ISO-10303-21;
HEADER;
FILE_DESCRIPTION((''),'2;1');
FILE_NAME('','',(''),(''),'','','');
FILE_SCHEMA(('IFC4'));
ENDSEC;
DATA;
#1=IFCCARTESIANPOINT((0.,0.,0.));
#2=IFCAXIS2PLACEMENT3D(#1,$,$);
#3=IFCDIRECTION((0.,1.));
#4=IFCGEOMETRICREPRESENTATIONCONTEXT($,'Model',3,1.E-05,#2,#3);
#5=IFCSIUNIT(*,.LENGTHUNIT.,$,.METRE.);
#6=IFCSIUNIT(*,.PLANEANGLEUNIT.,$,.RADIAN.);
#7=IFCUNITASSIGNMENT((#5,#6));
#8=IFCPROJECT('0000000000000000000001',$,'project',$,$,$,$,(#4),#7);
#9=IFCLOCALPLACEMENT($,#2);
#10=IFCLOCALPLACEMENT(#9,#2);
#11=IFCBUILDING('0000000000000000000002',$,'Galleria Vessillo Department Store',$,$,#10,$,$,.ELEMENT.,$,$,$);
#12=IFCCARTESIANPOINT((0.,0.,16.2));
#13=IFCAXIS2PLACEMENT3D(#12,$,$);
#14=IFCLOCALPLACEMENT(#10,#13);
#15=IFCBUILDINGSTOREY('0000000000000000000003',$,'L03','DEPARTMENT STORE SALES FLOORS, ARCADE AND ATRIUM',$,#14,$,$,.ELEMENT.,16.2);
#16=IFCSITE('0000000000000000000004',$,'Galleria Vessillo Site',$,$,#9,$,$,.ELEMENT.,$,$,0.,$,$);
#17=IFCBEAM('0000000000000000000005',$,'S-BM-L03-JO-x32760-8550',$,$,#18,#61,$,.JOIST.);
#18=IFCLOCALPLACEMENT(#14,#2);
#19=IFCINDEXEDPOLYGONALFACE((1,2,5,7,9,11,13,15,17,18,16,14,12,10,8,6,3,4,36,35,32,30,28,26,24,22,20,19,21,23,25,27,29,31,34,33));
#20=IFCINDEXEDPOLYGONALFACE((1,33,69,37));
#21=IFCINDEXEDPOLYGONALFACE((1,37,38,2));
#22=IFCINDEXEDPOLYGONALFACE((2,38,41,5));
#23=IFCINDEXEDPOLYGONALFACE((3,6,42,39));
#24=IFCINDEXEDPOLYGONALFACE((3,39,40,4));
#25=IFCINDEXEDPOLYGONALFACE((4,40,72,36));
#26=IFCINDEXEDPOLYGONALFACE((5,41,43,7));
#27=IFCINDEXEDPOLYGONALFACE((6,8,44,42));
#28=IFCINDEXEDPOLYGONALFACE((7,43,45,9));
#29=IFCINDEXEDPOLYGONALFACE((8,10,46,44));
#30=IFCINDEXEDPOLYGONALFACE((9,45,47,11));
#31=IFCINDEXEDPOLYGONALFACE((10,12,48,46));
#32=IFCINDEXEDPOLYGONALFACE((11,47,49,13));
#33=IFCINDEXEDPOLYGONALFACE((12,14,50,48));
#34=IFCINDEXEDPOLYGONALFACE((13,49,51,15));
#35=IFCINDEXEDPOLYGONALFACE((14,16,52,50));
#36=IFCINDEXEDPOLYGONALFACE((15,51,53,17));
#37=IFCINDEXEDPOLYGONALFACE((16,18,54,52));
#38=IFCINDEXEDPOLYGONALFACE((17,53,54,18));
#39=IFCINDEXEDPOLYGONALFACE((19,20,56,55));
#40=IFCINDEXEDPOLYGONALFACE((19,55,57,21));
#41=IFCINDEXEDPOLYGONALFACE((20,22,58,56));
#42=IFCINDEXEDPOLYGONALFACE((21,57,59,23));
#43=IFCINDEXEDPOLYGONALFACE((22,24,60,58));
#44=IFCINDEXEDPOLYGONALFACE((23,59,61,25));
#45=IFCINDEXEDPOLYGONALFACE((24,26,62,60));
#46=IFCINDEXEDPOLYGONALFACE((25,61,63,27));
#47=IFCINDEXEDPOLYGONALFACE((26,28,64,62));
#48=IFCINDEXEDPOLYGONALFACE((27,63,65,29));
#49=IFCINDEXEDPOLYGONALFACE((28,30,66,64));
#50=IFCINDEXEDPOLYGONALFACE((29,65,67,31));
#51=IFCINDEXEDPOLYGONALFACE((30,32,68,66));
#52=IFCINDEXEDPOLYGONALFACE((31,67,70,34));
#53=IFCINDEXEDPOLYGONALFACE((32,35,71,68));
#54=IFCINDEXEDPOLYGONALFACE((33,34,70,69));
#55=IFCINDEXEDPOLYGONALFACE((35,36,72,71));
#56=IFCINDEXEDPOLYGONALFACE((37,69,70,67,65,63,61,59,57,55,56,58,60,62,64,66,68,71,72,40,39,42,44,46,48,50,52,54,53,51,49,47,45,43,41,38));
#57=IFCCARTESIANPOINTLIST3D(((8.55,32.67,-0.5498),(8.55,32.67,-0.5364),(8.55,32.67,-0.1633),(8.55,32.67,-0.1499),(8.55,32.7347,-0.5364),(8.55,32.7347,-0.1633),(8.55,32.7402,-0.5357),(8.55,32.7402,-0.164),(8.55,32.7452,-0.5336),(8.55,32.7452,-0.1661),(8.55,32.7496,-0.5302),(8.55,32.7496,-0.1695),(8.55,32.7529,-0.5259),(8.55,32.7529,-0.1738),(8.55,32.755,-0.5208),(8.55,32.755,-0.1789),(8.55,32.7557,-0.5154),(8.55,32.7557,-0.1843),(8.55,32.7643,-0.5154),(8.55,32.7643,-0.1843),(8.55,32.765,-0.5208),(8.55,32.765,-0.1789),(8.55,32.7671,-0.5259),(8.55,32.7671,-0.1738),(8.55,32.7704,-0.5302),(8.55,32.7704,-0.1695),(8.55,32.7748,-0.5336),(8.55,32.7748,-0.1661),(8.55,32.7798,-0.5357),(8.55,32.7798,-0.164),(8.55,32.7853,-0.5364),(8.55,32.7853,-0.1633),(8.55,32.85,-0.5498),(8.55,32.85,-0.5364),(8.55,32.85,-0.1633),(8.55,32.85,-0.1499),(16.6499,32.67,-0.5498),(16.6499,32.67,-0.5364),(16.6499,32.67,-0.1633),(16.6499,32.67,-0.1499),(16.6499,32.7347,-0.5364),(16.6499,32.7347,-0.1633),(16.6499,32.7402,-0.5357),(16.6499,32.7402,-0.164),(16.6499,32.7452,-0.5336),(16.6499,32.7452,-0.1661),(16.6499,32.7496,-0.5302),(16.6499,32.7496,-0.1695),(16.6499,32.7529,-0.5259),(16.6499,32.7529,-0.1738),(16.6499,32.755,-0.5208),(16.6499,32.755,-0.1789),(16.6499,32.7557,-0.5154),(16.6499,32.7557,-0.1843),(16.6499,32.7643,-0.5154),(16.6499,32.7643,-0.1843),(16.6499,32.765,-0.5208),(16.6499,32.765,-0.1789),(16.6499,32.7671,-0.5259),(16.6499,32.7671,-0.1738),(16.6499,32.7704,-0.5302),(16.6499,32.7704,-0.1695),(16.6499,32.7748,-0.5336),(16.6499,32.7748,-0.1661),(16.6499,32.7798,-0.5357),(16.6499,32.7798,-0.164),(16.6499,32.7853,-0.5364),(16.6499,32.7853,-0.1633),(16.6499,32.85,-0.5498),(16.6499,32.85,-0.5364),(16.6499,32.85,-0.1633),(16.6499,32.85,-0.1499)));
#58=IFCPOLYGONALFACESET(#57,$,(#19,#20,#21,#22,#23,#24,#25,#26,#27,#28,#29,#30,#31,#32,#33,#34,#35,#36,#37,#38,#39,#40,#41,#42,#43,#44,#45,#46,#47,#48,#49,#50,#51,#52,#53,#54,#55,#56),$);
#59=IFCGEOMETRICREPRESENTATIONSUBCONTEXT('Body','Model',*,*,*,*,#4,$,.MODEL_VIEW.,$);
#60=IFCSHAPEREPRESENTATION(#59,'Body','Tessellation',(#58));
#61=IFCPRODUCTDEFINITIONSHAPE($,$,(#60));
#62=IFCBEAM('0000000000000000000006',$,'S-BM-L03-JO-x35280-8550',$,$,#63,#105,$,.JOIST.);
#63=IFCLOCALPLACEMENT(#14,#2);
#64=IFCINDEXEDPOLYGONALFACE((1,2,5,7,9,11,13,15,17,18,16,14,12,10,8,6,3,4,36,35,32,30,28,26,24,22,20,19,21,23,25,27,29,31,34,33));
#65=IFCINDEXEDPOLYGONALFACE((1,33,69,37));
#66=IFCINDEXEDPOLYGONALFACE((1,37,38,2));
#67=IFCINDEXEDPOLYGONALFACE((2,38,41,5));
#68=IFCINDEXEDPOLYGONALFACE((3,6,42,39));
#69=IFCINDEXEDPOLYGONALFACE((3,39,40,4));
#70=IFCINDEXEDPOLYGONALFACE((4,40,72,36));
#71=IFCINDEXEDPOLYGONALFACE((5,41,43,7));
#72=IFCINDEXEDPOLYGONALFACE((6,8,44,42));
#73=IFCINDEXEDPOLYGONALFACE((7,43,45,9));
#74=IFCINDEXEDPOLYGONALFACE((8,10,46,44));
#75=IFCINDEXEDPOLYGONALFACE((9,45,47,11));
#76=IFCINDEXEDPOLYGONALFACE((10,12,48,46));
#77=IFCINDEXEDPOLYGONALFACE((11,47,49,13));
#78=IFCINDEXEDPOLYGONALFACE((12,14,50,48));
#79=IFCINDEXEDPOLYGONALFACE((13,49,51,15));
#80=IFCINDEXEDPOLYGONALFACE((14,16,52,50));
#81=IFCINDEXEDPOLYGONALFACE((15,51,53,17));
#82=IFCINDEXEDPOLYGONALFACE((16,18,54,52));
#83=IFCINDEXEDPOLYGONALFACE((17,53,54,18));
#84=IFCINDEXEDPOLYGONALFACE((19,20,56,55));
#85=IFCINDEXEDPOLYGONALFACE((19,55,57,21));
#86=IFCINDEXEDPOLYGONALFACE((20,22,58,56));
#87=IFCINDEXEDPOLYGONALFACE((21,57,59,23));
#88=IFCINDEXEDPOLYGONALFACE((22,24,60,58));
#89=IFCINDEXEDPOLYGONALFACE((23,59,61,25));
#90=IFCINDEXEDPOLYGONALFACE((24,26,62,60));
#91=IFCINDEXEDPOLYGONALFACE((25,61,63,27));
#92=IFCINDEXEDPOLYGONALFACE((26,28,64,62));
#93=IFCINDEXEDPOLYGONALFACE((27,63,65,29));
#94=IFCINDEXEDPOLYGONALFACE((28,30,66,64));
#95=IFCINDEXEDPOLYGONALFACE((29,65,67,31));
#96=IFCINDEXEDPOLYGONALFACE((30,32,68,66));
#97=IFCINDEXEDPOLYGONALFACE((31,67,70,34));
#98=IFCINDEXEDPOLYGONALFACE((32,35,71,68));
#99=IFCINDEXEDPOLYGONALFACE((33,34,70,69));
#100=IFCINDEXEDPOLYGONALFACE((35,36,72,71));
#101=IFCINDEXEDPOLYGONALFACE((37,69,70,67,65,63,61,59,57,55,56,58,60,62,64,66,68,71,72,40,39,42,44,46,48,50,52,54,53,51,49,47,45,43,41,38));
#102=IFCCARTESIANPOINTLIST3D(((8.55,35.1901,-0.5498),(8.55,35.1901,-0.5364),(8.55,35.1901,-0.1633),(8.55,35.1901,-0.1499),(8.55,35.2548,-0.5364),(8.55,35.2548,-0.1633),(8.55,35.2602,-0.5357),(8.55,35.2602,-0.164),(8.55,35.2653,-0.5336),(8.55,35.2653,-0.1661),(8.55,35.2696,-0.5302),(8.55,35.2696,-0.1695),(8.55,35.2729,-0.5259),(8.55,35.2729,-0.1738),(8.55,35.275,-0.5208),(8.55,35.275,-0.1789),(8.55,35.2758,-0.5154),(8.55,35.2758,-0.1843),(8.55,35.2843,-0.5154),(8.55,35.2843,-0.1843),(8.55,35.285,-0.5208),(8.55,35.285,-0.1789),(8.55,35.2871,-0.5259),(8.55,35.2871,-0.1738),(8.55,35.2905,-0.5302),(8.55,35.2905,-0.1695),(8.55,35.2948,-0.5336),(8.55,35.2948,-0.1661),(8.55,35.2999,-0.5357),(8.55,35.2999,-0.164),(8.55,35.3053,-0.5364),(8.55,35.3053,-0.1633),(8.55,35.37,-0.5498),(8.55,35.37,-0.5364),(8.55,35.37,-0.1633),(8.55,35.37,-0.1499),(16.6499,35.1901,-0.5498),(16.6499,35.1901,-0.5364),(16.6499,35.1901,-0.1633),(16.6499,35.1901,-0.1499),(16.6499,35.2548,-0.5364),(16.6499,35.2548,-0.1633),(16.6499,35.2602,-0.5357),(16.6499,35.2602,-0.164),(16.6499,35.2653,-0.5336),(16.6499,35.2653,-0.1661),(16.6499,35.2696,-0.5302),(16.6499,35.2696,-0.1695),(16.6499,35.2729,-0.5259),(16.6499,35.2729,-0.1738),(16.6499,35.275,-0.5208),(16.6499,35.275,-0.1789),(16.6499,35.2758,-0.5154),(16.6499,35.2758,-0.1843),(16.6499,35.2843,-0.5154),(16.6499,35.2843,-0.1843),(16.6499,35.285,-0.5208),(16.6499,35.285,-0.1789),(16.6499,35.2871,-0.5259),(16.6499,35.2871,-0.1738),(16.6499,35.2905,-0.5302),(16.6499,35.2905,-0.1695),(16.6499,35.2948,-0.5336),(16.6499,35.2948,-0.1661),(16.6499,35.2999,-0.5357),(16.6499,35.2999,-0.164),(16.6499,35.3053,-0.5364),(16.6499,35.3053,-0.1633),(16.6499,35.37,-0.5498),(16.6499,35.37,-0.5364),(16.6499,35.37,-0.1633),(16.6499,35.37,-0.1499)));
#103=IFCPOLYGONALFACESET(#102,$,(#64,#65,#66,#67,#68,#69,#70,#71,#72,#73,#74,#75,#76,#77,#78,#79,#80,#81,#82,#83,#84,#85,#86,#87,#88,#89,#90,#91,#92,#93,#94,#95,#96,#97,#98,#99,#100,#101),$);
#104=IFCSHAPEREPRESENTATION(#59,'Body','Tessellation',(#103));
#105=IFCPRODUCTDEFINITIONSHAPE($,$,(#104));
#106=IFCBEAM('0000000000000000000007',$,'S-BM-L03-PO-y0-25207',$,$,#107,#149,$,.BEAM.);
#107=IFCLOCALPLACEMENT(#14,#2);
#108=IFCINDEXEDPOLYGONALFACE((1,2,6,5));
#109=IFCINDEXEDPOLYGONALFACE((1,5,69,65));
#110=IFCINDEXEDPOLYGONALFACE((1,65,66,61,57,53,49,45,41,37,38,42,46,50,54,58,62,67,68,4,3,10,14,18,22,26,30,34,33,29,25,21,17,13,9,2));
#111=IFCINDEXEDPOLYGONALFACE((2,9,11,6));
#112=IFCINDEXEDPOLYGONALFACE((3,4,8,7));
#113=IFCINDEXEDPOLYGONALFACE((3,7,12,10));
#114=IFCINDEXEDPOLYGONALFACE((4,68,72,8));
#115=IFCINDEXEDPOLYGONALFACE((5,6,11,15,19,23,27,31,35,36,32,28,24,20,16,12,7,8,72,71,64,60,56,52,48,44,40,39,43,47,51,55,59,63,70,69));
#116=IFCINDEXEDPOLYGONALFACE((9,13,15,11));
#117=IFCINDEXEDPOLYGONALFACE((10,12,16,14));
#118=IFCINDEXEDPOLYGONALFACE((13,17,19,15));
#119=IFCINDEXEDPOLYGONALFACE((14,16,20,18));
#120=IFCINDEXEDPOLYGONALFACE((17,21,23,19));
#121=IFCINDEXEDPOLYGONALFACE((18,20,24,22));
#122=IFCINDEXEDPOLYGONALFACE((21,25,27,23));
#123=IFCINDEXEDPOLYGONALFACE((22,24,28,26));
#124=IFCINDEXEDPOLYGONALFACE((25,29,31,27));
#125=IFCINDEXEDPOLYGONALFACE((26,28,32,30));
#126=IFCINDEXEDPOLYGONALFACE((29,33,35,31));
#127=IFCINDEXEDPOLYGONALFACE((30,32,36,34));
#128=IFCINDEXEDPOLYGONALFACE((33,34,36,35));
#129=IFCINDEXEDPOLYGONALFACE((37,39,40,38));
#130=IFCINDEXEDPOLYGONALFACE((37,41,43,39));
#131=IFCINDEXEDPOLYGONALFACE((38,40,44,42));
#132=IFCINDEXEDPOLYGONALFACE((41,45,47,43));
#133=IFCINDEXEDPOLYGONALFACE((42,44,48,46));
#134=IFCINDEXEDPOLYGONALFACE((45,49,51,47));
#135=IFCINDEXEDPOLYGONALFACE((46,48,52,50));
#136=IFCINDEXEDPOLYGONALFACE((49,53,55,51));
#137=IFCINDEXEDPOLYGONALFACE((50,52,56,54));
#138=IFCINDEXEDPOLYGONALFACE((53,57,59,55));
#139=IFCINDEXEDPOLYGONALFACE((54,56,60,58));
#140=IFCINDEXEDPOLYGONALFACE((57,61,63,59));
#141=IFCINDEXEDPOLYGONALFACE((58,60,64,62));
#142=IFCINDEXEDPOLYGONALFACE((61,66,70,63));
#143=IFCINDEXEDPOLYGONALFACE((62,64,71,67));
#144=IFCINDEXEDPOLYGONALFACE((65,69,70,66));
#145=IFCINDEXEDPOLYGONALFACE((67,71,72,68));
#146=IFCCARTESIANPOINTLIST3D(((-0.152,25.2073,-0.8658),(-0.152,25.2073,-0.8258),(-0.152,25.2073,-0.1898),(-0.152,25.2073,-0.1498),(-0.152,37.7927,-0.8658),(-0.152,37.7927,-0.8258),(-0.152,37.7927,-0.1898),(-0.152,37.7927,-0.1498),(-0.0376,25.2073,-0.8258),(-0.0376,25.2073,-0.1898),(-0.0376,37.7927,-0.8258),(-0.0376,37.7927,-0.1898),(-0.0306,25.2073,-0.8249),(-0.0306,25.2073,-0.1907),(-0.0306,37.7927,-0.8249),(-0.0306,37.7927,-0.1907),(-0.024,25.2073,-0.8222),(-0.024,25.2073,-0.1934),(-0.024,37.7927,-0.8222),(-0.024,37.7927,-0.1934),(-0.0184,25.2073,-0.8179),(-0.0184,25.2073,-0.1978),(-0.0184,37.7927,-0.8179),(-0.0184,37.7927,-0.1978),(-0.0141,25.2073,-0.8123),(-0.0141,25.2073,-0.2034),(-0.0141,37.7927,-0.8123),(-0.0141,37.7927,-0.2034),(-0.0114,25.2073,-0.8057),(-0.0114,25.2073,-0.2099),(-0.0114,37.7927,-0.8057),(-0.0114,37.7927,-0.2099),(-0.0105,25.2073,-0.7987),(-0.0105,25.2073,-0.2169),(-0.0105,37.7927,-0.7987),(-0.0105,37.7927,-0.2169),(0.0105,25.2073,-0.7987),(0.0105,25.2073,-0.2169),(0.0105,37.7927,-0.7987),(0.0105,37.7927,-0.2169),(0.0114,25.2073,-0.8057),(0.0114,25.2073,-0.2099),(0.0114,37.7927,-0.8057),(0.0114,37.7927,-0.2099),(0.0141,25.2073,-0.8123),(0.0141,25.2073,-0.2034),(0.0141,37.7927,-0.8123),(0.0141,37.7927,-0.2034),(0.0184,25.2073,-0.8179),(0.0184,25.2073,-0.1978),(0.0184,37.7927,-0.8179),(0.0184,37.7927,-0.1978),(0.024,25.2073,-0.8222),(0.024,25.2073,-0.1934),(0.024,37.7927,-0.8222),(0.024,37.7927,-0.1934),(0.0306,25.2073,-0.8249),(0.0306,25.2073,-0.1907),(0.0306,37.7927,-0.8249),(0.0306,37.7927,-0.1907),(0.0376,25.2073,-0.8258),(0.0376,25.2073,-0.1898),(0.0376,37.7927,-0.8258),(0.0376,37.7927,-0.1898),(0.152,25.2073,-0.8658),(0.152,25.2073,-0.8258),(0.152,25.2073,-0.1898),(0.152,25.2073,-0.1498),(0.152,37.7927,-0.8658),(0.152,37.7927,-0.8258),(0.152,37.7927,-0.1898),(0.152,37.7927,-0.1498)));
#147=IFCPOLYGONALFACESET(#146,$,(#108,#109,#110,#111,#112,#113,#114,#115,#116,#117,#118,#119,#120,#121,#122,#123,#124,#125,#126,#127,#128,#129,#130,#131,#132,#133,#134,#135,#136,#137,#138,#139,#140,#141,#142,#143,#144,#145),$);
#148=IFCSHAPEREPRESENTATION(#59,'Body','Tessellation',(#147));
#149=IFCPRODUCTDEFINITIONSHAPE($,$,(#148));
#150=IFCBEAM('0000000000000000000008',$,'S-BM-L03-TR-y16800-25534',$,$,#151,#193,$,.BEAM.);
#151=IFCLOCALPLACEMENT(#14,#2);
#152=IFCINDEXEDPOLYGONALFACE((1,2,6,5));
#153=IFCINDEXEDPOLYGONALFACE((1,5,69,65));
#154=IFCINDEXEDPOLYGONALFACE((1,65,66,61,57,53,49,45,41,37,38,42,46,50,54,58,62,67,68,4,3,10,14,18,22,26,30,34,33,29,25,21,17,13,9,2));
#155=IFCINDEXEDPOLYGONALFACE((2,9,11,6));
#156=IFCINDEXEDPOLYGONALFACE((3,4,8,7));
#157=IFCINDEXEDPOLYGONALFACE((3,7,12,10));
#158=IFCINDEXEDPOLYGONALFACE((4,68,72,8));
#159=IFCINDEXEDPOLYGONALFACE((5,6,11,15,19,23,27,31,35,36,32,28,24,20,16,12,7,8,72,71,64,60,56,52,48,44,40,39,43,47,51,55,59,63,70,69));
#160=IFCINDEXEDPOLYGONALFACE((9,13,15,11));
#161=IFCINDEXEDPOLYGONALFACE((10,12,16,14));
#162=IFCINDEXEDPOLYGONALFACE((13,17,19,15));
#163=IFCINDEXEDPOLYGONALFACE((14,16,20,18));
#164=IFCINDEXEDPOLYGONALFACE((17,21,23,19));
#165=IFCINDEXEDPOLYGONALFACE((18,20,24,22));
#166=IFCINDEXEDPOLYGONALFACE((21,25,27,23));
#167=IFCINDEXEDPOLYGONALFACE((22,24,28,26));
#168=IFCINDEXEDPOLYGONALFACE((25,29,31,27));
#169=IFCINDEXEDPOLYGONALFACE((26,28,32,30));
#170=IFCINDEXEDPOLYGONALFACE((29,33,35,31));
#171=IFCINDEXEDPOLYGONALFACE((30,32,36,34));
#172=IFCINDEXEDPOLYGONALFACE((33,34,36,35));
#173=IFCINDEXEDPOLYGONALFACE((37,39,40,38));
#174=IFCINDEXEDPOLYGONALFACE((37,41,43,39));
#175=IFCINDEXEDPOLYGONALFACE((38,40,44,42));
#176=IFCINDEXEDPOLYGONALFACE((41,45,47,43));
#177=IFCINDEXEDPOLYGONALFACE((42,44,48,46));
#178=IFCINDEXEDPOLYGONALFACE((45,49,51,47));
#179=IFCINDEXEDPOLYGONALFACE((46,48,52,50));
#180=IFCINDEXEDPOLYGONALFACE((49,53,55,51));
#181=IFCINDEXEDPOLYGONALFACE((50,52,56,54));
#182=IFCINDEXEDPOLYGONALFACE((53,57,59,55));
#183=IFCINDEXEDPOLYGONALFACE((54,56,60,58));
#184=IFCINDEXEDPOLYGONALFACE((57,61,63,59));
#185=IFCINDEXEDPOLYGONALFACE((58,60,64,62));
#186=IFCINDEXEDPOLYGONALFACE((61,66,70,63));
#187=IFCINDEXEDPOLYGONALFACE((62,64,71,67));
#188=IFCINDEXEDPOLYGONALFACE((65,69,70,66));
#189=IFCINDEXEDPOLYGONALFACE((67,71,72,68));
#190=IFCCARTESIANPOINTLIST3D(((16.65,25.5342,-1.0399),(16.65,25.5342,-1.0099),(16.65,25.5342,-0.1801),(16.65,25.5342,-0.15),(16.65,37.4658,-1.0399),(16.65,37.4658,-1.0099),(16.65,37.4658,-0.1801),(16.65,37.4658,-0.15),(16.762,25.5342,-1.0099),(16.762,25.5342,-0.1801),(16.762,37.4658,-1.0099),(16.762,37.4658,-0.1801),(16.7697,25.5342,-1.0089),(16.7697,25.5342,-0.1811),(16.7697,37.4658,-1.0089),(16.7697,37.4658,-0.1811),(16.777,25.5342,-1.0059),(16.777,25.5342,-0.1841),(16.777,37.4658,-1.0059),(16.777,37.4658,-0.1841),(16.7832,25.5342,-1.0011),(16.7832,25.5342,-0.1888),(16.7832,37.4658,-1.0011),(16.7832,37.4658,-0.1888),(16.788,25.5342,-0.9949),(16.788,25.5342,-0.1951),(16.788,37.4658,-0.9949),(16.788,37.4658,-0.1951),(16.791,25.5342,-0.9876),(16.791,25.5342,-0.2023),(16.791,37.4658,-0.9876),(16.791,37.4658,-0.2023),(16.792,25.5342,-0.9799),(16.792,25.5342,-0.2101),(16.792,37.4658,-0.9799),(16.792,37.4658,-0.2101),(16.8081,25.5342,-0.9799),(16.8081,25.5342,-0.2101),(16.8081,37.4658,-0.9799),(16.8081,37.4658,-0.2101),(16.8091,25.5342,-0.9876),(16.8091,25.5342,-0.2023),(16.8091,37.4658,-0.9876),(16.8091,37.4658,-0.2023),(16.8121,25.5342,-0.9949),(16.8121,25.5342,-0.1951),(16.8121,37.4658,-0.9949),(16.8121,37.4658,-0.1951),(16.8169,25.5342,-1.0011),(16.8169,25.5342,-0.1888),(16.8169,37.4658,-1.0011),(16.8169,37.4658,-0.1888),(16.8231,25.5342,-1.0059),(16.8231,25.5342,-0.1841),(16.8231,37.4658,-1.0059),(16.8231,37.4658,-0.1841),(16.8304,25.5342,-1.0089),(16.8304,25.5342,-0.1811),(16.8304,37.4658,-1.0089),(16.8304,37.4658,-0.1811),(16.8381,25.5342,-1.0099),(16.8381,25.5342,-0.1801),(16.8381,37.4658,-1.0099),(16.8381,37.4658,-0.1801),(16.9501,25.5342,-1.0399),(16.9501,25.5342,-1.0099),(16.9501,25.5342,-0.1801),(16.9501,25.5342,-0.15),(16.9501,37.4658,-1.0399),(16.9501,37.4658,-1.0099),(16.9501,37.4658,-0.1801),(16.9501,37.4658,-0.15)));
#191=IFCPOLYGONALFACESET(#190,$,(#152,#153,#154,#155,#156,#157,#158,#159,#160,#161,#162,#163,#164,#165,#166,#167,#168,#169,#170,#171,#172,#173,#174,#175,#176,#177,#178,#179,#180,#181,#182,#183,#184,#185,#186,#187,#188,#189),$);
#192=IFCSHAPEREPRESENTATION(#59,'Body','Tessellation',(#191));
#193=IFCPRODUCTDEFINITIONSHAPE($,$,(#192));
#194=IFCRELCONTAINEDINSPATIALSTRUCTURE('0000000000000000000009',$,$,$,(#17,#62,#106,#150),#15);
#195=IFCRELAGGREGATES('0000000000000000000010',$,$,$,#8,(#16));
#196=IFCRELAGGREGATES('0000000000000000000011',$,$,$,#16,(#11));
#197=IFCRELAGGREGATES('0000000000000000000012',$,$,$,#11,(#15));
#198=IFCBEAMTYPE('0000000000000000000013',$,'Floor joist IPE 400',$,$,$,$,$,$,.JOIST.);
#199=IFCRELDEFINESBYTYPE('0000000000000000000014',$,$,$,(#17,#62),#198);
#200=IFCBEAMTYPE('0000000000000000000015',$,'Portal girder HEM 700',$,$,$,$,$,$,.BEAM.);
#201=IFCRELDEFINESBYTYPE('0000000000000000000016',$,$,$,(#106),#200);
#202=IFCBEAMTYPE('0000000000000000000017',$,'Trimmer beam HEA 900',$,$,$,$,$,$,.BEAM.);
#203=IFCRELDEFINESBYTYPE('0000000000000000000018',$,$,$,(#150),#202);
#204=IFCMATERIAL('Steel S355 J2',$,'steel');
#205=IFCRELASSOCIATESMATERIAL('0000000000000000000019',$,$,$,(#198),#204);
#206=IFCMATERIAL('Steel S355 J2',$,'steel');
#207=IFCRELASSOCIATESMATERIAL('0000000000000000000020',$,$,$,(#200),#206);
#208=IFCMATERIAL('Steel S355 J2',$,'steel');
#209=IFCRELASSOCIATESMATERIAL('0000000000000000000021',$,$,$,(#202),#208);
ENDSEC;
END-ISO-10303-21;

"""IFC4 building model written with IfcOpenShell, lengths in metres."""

from ifc_helpers import new_model, si_unit, direction, frame, origin, origin_2d, place, context, subcontext, project, spatial, i_section, extrude, material, material_profile, profile_set, type_object, element, save


model = new_model("IFC4")

# Units and contexts
model_context = context("Model", 3, precision=1e-05, world=origin(), true_north=direction((0.0, 1.0)))
body_context = subcontext(model_context, "Body", "Model", "MODEL_VIEW")
ifc_project = project(units=[si_unit("LENGTHUNIT", "METRE"), si_unit("PLANEANGLEUNIT", "RADIAN")], contexts=[model_context])

# Site, building, storey
site_placement = place(None, origin())
site = spatial("IfcSite", under=ifc_project, at=site_placement, Name="Galleria Vessillo Site", CompositionType="ELEMENT", RefElevation=0.0)
building_placement = place(site_placement, origin())
building = spatial("IfcBuilding", under=site, at=building_placement, Name="Galleria Vessillo Department Store", CompositionType="ELEMENT")
storey_placement = place(building_placement, frame((0.0, 0.0, 16.2)))
storey = spatial("IfcBuildingStorey", under=building, at=storey_placement, Name="L03", Description="DEPARTMENT STORE SALES FLOORS, ARCADE AND ATRIUM", CompositionType="ELEMENT", Elevation=16.2)

# Beams
ifc_material_1 = material(Name="Steel S355 J2", Category="steel")
ifc_material_profile_1 = material_profile(ifc_material_1, i_section(OverallWidth=0.1799, OverallDepth=0.3999, WebThickness=0.0085, FlangeThickness=0.0134, FilletRadius=0.021, at=origin_2d()), Name="IPE 400")
ifc_profile_set_1 = profile_set([ifc_material_profile_1], Name="Steel S355 J2")
beam_type_1 = type_object("IfcBeamType", Name="Floor joist IPE 400", PredefinedType="JOIST", material=ifc_profile_set_1)
for number, where, z_axis, x_axis, name in (
    (1, (8.55, 32.76, -0.3499), (1.0, 0.0, 0.0), (0.0, 1.0, 0.0), "S-BM-L03-JO-x32760-8550"),
    (2, (8.55, 35.28, -0.3499), (1.0, 0.0, 0.0), (0.0, 1.0, 0.0), "S-BM-L03-JO-x35280-8550"),
):
    element("IfcBeam", number, at=place(storey_placement, frame(where, z_axis=z_axis, x_axis=x_axis)), inside=storey, type_object=beam_type_1, Name=name, PredefinedType="JOIST", context=body_context, shape_type="SweptSolid", body=[
        extrude(i_section(OverallWidth=0.1799, OverallDepth=0.3999, WebThickness=0.0085, FlangeThickness=0.0134, FilletRadius=0.021, at=origin_2d()), origin(), (0.0, 0.0, 1.0), 8.0999),
    ])
ifc_material_2 = material(Name="Steel S355 J2", Category="steel")
ifc_material_profile_2 = material_profile(ifc_material_2, i_section(OverallWidth=0.304, OverallDepth=0.7161, WebThickness=0.021, FlangeThickness=0.04, FilletRadius=0.0271, at=origin_2d()), Name="HEM 700")
ifc_profile_set_2 = profile_set([ifc_material_profile_2], Name="Steel S355 J2")
beam_type_2 = type_object("IfcBeamType", Name="Portal girder HEM 700", PredefinedType="BEAM", material=ifc_profile_set_2)
beam_1_placement = place(storey_placement, frame((0.0, 25.2073, -0.5078), z_axis=(0.0, 1.0, 0.0), x_axis=(-1.0, 0.0, 0.0)))
element("IfcBeam", 3, at=beam_1_placement, inside=storey, type_object=beam_type_2, Name="S-BM-L03-PO-y0-25207", PredefinedType="BEAM", context=body_context, shape_type="SweptSolid", body=[
    extrude(i_section(OverallWidth=0.304, OverallDepth=0.7161, WebThickness=0.021, FlangeThickness=0.04, FilletRadius=0.0271, at=origin_2d()), origin(), (0.0, 0.0, 1.0), 12.5854),
])
ifc_material_3 = material(Name="Steel S355 J2", Category="steel")
ifc_material_profile_3 = material_profile(ifc_material_3, i_section(OverallWidth=0.3, OverallDepth=0.8899, WebThickness=0.0161, FlangeThickness=0.03, FilletRadius=0.03, at=origin_2d()), Name="HEA 900")
ifc_profile_set_3 = profile_set([ifc_material_profile_3], Name="Steel S355 J2")
beam_type_3 = type_object("IfcBeamType", Name="Trimmer beam HEA 900", PredefinedType="BEAM", material=ifc_profile_set_3)
beam_2_placement = place(storey_placement, frame((16.8, 25.5342, -0.595), z_axis=(0.0, 1.0, 0.0), x_axis=(-1.0, 0.0, 0.0)))
element("IfcBeam", 4, at=beam_2_placement, inside=storey, type_object=beam_type_3, Name="S-BM-L03-TR-y16800-25534", PredefinedType="BEAM", context=body_context, shape_type="SweptSolid", body=[
    extrude(i_section(OverallWidth=0.3, OverallDepth=0.8899, WebThickness=0.0161, FlangeThickness=0.03, FilletRadius=0.03, at=origin_2d()), origin(), (0.0, 0.0, 1.0), 11.9316),
])

save(model, "model.ifc")
